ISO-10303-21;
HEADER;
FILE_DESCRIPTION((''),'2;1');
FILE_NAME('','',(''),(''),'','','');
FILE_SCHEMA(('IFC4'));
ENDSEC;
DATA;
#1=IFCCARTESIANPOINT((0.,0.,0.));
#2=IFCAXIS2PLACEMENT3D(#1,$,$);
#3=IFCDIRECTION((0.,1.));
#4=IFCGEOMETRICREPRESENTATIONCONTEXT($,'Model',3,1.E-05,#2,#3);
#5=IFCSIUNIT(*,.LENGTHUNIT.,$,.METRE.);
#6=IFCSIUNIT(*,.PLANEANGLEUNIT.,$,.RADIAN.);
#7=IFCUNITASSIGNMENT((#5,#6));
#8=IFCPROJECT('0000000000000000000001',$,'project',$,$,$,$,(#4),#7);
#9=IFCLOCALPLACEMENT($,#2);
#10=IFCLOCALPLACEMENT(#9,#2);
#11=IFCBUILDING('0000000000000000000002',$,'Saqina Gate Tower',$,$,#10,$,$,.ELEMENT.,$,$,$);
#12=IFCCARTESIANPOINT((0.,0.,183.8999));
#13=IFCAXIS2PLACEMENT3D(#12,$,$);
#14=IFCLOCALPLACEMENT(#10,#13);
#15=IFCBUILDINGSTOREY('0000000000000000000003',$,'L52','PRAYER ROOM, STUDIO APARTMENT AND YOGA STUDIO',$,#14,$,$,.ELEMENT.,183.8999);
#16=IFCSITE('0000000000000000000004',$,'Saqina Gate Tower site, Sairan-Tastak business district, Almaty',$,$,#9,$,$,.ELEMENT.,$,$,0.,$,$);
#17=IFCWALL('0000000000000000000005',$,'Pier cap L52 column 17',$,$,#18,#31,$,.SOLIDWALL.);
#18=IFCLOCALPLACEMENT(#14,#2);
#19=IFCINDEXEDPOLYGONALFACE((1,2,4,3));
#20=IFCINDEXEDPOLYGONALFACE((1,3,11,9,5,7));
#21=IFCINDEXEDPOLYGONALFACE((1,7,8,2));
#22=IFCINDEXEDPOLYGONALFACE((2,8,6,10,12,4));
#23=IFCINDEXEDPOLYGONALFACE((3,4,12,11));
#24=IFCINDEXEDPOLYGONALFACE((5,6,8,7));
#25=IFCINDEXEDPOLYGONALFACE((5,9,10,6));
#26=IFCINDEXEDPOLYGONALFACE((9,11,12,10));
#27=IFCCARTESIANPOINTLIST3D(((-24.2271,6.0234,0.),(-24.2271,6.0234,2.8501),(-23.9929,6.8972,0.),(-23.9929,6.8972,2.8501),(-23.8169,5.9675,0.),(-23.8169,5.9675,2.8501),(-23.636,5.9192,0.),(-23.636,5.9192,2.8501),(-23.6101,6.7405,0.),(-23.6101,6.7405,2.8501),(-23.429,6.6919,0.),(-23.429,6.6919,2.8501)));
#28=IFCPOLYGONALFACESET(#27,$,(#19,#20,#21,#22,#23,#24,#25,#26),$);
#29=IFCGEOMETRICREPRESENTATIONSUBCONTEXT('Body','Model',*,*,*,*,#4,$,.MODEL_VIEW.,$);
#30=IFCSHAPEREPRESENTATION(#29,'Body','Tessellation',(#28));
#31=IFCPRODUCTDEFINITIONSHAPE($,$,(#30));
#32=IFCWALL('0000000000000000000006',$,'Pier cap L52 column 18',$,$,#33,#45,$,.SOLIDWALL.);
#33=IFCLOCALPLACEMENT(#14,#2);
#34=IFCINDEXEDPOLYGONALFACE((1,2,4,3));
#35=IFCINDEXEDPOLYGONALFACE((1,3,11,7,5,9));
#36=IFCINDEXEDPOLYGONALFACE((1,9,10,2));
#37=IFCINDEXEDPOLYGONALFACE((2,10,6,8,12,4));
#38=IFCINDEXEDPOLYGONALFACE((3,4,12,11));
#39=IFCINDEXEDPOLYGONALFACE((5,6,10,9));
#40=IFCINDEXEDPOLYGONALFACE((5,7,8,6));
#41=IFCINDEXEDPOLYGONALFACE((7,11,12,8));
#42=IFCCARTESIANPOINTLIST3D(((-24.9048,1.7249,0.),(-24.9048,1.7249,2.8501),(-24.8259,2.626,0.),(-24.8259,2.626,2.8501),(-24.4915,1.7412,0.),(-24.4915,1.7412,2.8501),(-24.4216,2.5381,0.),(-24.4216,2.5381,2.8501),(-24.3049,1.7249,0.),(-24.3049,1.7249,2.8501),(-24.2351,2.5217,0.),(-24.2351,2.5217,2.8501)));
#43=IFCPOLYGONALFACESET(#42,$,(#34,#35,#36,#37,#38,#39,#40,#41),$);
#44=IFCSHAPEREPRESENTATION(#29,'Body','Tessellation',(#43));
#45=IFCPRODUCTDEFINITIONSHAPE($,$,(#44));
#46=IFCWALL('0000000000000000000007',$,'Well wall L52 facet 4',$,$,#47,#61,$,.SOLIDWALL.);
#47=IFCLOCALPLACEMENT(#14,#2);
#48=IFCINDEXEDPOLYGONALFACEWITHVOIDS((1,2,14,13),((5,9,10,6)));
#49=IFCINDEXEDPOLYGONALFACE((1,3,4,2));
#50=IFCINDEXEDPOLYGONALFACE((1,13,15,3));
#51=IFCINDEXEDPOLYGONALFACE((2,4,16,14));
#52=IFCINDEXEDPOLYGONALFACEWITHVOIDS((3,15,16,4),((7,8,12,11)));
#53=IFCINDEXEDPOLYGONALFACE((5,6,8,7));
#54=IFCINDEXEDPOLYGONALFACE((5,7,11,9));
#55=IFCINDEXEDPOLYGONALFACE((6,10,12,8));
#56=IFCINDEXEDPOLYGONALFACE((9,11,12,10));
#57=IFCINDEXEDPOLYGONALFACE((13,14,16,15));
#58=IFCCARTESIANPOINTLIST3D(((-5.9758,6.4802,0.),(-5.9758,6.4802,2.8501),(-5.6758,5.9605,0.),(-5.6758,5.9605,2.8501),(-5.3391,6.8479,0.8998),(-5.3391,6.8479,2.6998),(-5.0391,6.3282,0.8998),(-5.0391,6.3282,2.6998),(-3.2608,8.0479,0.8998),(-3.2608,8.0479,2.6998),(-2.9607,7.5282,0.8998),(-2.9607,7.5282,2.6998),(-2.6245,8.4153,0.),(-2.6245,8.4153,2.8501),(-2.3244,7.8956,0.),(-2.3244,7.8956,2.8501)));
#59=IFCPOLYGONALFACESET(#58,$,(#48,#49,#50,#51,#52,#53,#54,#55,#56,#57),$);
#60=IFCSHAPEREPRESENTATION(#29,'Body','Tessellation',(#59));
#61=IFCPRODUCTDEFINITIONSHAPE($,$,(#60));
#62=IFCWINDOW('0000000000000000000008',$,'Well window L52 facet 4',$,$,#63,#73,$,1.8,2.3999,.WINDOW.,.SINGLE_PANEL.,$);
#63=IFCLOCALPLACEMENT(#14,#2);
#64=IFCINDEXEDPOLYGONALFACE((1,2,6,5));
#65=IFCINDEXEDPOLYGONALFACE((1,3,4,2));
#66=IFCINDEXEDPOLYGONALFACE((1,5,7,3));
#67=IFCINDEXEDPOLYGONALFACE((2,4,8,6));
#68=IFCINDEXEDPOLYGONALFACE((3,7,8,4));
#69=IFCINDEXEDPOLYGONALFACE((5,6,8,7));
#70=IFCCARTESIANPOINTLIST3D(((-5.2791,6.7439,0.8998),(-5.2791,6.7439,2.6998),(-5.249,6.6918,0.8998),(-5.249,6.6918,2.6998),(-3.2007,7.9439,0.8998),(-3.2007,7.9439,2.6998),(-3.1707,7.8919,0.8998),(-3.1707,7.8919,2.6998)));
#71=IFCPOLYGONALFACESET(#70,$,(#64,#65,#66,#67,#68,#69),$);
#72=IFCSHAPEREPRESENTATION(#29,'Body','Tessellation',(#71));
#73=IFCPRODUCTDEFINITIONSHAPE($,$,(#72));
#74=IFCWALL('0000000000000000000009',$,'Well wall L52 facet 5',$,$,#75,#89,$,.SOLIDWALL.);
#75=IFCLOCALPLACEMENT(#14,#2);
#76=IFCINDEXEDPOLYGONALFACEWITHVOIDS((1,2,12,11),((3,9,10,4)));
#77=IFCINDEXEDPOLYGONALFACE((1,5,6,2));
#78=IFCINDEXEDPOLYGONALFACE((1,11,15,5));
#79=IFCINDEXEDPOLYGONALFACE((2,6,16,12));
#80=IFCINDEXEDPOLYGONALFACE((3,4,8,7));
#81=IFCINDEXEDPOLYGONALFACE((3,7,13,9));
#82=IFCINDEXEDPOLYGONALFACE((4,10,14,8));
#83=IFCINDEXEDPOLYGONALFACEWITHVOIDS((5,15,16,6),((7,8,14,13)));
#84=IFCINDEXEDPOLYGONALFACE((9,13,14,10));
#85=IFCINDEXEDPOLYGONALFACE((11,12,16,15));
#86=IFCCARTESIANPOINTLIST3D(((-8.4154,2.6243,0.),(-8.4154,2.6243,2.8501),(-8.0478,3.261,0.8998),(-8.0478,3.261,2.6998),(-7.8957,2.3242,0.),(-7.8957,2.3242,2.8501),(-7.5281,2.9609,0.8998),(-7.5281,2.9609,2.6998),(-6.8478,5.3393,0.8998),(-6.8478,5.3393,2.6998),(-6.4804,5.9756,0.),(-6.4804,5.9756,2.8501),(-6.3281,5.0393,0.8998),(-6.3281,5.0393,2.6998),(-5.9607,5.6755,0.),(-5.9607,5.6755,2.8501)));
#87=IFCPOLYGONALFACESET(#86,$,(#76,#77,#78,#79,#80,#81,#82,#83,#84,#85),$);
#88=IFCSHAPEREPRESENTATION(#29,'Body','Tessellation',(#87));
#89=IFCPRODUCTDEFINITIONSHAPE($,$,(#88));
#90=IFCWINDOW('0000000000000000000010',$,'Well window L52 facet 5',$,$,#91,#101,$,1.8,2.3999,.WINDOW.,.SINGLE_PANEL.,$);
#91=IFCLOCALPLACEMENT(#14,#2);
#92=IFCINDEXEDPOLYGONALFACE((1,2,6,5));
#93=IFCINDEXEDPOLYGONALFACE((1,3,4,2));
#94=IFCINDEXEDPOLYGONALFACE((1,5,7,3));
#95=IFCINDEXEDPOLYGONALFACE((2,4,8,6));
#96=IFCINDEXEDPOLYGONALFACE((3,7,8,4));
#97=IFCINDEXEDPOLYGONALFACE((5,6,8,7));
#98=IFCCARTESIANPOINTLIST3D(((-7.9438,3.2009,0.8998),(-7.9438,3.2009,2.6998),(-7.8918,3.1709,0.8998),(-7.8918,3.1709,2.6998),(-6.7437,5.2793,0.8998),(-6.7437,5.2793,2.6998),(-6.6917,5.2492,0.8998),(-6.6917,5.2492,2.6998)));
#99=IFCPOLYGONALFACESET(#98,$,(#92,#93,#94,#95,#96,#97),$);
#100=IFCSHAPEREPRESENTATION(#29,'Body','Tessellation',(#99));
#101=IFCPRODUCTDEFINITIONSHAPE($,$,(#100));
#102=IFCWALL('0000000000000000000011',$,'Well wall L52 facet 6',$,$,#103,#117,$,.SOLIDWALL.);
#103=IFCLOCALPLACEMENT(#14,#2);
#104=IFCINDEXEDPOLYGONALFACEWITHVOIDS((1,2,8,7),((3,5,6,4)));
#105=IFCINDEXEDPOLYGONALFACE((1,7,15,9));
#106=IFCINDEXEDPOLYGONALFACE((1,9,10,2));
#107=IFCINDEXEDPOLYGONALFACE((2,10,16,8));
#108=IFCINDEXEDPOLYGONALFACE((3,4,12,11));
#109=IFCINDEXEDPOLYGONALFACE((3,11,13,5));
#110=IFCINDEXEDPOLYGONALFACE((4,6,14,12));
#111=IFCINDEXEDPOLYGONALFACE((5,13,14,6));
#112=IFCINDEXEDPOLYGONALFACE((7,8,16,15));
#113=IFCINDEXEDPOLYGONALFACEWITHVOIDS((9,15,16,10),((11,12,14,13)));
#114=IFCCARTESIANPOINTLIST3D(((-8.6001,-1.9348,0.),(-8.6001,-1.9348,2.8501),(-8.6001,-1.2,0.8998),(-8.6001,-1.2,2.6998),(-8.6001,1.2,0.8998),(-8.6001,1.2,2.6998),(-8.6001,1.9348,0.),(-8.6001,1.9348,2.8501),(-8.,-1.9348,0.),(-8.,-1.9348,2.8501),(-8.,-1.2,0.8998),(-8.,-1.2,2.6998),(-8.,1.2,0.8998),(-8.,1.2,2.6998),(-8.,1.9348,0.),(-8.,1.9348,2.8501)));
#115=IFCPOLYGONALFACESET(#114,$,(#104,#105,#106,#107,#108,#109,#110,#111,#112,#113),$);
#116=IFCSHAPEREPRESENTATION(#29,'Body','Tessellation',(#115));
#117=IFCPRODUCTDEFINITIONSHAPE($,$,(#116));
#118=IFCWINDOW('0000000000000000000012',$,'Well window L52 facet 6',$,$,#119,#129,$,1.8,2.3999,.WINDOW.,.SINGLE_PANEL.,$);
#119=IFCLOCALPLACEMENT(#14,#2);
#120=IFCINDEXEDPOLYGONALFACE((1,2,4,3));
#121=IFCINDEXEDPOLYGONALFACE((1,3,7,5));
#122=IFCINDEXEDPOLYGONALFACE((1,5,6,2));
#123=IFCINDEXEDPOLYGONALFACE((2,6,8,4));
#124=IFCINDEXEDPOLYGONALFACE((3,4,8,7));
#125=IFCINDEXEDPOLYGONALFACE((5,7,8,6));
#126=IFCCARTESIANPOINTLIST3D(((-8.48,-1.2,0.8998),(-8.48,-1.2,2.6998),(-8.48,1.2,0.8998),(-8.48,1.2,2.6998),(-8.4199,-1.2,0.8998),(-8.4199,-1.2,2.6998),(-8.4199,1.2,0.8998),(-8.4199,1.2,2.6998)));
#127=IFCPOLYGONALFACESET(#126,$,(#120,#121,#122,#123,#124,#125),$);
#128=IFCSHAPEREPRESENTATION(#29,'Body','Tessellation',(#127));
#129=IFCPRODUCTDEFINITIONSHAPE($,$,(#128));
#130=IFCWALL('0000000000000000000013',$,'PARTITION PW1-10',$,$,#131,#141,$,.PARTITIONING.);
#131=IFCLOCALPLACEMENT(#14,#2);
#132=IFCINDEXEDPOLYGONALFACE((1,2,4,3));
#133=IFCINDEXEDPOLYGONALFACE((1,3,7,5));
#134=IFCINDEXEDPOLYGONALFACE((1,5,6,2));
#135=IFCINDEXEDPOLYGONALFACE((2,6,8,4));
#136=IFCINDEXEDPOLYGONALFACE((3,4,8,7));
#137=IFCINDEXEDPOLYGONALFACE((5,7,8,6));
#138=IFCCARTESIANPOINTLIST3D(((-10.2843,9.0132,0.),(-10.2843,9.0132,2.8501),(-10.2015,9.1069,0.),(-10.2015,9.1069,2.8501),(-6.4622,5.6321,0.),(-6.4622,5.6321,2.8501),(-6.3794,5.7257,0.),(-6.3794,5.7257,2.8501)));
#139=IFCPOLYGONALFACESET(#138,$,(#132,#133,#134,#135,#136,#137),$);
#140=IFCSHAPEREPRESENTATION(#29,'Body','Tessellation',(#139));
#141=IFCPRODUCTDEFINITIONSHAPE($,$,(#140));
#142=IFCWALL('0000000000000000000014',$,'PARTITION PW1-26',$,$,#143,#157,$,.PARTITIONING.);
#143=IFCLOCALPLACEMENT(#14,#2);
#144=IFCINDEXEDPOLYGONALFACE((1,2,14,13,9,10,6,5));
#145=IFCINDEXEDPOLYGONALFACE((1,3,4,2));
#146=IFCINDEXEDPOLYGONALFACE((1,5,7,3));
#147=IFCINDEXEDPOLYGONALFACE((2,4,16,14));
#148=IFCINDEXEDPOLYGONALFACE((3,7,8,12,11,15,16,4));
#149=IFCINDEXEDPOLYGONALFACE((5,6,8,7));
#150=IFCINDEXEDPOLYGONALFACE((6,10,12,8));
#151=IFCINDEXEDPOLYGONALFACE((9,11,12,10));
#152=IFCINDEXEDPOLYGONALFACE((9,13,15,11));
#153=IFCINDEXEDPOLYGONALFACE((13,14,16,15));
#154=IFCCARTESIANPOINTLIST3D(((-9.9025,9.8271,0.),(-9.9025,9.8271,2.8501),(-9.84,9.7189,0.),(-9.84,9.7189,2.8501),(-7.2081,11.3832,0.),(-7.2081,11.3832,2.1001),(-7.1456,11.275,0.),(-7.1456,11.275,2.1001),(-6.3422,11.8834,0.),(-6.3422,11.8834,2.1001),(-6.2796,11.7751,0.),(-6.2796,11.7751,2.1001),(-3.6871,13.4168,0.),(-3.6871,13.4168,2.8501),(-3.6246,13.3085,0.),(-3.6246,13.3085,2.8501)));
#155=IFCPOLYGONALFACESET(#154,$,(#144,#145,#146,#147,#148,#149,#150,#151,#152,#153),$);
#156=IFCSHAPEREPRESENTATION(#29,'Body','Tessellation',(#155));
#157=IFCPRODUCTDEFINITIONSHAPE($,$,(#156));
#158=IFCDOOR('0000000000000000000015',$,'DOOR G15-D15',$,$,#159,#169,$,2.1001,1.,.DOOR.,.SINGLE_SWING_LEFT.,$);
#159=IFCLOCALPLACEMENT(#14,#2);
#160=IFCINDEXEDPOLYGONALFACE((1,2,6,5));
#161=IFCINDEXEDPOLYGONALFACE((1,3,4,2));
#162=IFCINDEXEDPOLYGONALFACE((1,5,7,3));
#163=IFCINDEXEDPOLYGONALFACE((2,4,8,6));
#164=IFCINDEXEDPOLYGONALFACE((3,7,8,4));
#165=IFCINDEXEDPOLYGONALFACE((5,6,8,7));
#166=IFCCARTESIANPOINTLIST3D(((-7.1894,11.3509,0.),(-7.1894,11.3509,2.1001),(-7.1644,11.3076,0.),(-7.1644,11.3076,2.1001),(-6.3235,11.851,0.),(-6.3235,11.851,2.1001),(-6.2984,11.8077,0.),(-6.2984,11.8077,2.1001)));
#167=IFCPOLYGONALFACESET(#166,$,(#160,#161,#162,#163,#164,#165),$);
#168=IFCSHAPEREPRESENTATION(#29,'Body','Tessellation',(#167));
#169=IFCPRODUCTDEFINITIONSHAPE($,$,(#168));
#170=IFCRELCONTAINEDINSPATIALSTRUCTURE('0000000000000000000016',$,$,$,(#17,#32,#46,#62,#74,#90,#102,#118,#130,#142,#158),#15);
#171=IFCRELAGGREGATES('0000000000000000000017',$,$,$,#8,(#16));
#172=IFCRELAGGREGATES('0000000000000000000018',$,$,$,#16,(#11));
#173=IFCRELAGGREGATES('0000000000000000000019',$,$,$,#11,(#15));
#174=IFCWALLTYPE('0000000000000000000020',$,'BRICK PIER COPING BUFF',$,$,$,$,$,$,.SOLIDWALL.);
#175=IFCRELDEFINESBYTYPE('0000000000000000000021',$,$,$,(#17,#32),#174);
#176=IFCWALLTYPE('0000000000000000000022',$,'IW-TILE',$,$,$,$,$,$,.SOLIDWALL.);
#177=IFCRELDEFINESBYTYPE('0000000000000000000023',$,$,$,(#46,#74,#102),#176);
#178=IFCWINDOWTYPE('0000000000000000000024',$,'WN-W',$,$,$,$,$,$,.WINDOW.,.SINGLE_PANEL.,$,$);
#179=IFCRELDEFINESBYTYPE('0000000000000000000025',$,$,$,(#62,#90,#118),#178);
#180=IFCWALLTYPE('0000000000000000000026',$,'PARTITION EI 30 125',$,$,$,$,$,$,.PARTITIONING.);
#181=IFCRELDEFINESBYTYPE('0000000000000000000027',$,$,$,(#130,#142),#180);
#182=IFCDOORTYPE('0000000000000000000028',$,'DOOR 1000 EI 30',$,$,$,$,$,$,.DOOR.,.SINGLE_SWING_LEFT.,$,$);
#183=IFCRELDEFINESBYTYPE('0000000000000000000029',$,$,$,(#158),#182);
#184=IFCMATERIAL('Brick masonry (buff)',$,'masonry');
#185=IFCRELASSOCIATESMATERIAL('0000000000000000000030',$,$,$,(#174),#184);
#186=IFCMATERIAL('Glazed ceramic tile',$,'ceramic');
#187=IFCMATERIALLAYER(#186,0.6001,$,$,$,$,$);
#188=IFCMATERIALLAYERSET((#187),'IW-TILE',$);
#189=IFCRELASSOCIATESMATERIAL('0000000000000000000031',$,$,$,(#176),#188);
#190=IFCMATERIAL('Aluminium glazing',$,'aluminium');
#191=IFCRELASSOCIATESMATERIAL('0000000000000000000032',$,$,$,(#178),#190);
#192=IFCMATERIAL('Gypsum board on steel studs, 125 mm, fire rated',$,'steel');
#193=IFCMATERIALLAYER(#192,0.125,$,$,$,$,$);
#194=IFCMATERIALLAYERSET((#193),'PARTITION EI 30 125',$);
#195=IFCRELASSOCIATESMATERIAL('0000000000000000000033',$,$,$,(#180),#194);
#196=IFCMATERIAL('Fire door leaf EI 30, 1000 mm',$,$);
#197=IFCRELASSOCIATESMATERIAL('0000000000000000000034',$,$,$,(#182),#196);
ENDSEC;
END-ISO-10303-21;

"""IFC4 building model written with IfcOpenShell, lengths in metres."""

from ifc_helpers import new_model, si_unit, direction, frame, frame_2d, origin, place, context, subcontext, project, spatial, polyline, rectangle, outline, extrude, material, layer, layer_set, type_object, element, fill, save


model = new_model("IFC4")

# Units and contexts
model_context = context("Model", 3, precision=1e-05, world=origin(), true_north=direction((0.0, 1.0)))
body_context = subcontext(model_context, "Body", "Model", "MODEL_VIEW")
ifc_project = project(units=[si_unit("LENGTHUNIT", "METRE"), si_unit("PLANEANGLEUNIT", "RADIAN")], contexts=[model_context])

# Site, building, storey
site_placement = place(None, origin())
site = spatial("IfcSite", under=ifc_project, at=site_placement, Name="Saqina Gate Tower site, Sairan-Tastak business district, Almaty", CompositionType="ELEMENT", RefElevation=0.0)
building_placement = place(site_placement, origin())
building = spatial("IfcBuilding", under=site, at=building_placement, Name="Saqina Gate Tower", CompositionType="ELEMENT")
storey_placement = place(building_placement, frame((0.0, 0.0, 183.8999)))
storey = spatial("IfcBuildingStorey", under=building, at=storey_placement, Name="L52", Description="PRAYER ROOM, STUDIO APARTMENT AND YOGA STUDIO", CompositionType="ELEMENT", Elevation=183.8999)

# Walls
ifc_material_1 = material(Name="Brick masonry (buff)", Category="masonry")
wall_type_1 = type_object("IfcWallType", Name="BRICK PIER COPING BUFF", PredefinedType="SOLIDWALL", material=ifc_material_1)
wall_1_placement = place(storey_placement, origin())
element("IfcWall", 1, at=wall_1_placement, inside=storey, type_object=wall_type_1, Name="Pier cap L52 column 17", PredefinedType="SOLIDWALL", context=body_context, shape_type="SweptSolid", body=[
    extrude(outline(polyline([(-24.2271, 6.0234), (-23.636, 5.9192), (-23.8169, 5.9675), (-23.6101, 6.7405), (-23.429, 6.6919), (-23.9929, 6.8972), (-24.2271, 6.0234)])), origin(), (0.0, 0.0, 1.0), 2.8501),
])
wall_2_placement = place(storey_placement, origin())
element("IfcWall", 2, at=wall_2_placement, inside=storey, type_object=wall_type_1, Name="Pier cap L52 column 18", PredefinedType="SOLIDWALL", context=body_context, shape_type="SweptSolid", body=[
    extrude(outline(polyline([(-24.8259, 2.626), (-24.9048, 1.7249), (-24.3049, 1.7249), (-24.4915, 1.7412), (-24.4216, 2.5381), (-24.2351, 2.5217), (-24.8259, 2.626)])), origin(), (0.0, 0.0, 1.0), 2.8501),
])

# Walls, openings, windows
ifc_material_2 = material(Name="Glazed ceramic tile", Category="ceramic")
ifc_layer_1 = layer(ifc_material_2, 0.6001)
ifc_layer_set_1 = layer_set([ifc_layer_1], Name="IW-TILE")
wall_type_2 = type_object("IfcWallType", Name="IW-TILE", PredefinedType="SOLIDWALL", material=ifc_layer_set_1)
wall_3_placement = place(storey_placement, frame((-2.4744, 8.1555, 0.0), z_axis=(0.0, 0.0, 1.0), x_axis=(-0.866006, -0.500034, 0.0)))
wall_3 = element("IfcWall", 3, at=wall_3_placement, inside=storey, type_object=wall_type_2, Name="Well wall L52 facet 4", PredefinedType="SOLIDWALL", context=body_context, shape_type="SweptSolid", body=[
    extrude(rectangle(XDim=3.8699, YDim=0.6001, at=frame_2d((1.9351, 0.0))), origin(), (0.0, 0.0, 1.0), 2.8501),
])
opening_1_placement = place(wall_3_placement, frame((0.7349, 0.0, 0.8999)))
opening_1 = element("IfcOpeningElement", 4, at=opening_1_placement, cuts=wall_3, PredefinedType="OPENING", context=body_context, shape_type="SweptSolid", body=[
    extrude(rectangle(XDim=2.3999, YDim=1.8, at=frame_2d((1.2, 0.8999))), frame((0.0, 0.312, 0.0), z_axis=(0.0, -1.0, 0.0), x_axis=(1.0, 0.0, 0.0)), (0.0, 0.0, 1.0), 0.624),
])
ifc_material_3 = material(Name="Aluminium glazing", Category="aluminium")
window_type = type_object("IfcWindowType", Name="WN-W", PartitioningType="SINGLE_PANEL", PredefinedType="WINDOW", material=ifc_material_3)
window_1_placement = place(opening_1_placement, origin())
window_1 = element("IfcWindow", 5, at=window_1_placement, inside=storey, type_object=window_type, Name="Well window L52 facet 4", OverallHeight=1.8, OverallWidth=2.3999, PartitioningType="SINGLE_PANEL", PredefinedType="WINDOW", context=body_context, shape_type="SweptSolid", body=[
    extrude(rectangle(XDim=2.3999, YDim=1.8, at=frame_2d((1.2, 0.8999))), frame((0.0, -0.1199, 0.0), z_axis=(0.0, -1.0, 0.0), x_axis=(1.0, 0.0, 0.0)), (0.0, 0.0, 1.0), 0.0601),
])
fill(opening_1, window_1)
wall_4_placement = place(storey_placement, frame((-6.2205, 5.8257, 0.0), z_axis=(0.0, 0.0, 1.0), x_axis=(-0.500034, -0.866006, 0.0)))
wall_4 = element("IfcWall", 6, at=wall_4_placement, inside=storey, type_object=wall_type_2, Name="Well wall L52 facet 5", PredefinedType="SOLIDWALL", context=body_context, shape_type="SweptSolid", body=[
    extrude(rectangle(XDim=3.8699, YDim=0.6001, at=frame_2d((1.9351, 0.0))), origin(), (0.0, 0.0, 1.0), 2.8501),
])
opening_2_placement = place(wall_4_placement, frame((0.7349, 0.0, 0.8999)))
opening_2 = element("IfcOpeningElement", 7, at=opening_2_placement, cuts=wall_4, PredefinedType="OPENING", context=body_context, shape_type="SweptSolid", body=[
    extrude(rectangle(XDim=2.3999, YDim=1.8, at=frame_2d((1.2, 0.8999))), frame((0.0, 0.312, 0.0), z_axis=(0.0, -1.0, 0.0), x_axis=(1.0, 0.0, 0.0)), (0.0, 0.0, 1.0), 0.624),
])
window_2_placement = place(opening_2_placement, origin())
window_2 = element("IfcWindow", 8, at=window_2_placement, inside=storey, type_object=window_type, Name="Well window L52 facet 5", OverallHeight=1.8, OverallWidth=2.3999, PartitioningType="SINGLE_PANEL", PredefinedType="WINDOW", context=body_context, shape_type="SweptSolid", body=[
    extrude(rectangle(XDim=2.3999, YDim=1.8, at=frame_2d((1.2, 0.8999))), frame((0.0, -0.1199, 0.0), z_axis=(0.0, -1.0, 0.0), x_axis=(1.0, 0.0, 0.0)), (0.0, 0.0, 1.0), 0.0601),
])
fill(opening_2, window_2)
wall_5_placement = place(storey_placement, frame((-8.3, 1.9348, 0.0), z_axis=(0.0, 0.0, 1.0), x_axis=(0.0, -1.0, 0.0)))
wall_5 = element("IfcWall", 9, at=wall_5_placement, inside=storey, type_object=wall_type_2, Name="Well wall L52 facet 6", PredefinedType="SOLIDWALL", context=body_context, shape_type="SweptSolid", body=[
    extrude(rectangle(XDim=3.8696, YDim=0.6001, at=frame_2d((1.9348, 0.0))), origin(), (0.0, 0.0, 1.0), 2.8501),
])
opening_3_placement = place(wall_5_placement, frame((0.7349, 0.0, 0.8999)))
opening_3 = element("IfcOpeningElement", 10, at=opening_3_placement, cuts=wall_5, PredefinedType="OPENING", context=body_context, shape_type="SweptSolid", body=[
    extrude(rectangle(XDim=2.3999, YDim=1.8, at=frame_2d((1.2, 0.8999))), frame((0.0, 0.312, 0.0), z_axis=(0.0, -1.0, 0.0), x_axis=(1.0, 0.0, 0.0)), (0.0, 0.0, 1.0), 0.624),
])
window_3_placement = place(opening_3_placement, origin())
window_3 = element("IfcWindow", 11, at=window_3_placement, inside=storey, type_object=window_type, Name="Well window L52 facet 6", OverallHeight=1.8, OverallWidth=2.3999, PartitioningType="SINGLE_PANEL", PredefinedType="WINDOW", context=body_context, shape_type="SweptSolid", body=[
    extrude(rectangle(XDim=2.3999, YDim=1.8, at=frame_2d((1.2, 0.8999))), frame((0.0, -0.1199, 0.0), z_axis=(0.0, -1.0, 0.0), x_axis=(1.0, 0.0, 0.0)), (0.0, 0.0, 1.0), 0.0601),
])
fill(opening_3, window_3)

# Wall
ifc_material_4 = material(Name="Gypsum board on steel studs, 125 mm, fire rated", Category="steel")
ifc_layer_2 = layer(ifc_material_4, 0.125)
ifc_layer_set_2 = layer_set([ifc_layer_2], Name="PARTITION EI 30 125")
wall_type_3 = type_object("IfcWallType", Name="PARTITION EI 30 125", PredefinedType="PARTITIONING", material=ifc_layer_set_2)
wall_6_placement = place(storey_placement, frame((-10.2429, 9.0601, 0.0), z_axis=(0.0, 0.0, 1.0), x_axis=(0.748988, -0.662583, 0.0)))
element("IfcWall", 12, at=wall_6_placement, inside=storey, type_object=wall_type_3, Name="PARTITION PW1-10", PredefinedType="PARTITIONING", context=body_context, shape_type="SweptSolid", body=[
    extrude(rectangle(XDim=5.103, YDim=0.125, at=frame_2d((2.5515, 0.0))), origin(), (0.0, 0.0, 1.0), 2.8501),
])

# Wall, opening, door
wall_7_placement = place(storey_placement, frame((-9.8713, 9.7729, 0.0), z_axis=(0.0, 0.0, 1.0), x_axis=(0.865954, 0.500123, 0.0)))
wall_7 = element("IfcWall", 13, at=wall_7_placement, inside=storey, type_object=wall_type_3, Name="PARTITION PW1-26", PredefinedType="PARTITIONING", context=body_context, shape_type="SweptSolid", body=[
    extrude(rectangle(XDim=7.1775, YDim=0.125, at=frame_2d((3.5889, 0.0))), origin(), (0.0, 0.0, 1.0), 2.8501),
])
opening_4_placement = place(wall_7_placement, frame((3.1116, 0.0, 0.0)))
opening_4 = element("IfcOpeningElement", 14, at=opening_4_placement, cuts=wall_7, PredefinedType="OPENING", context=body_context, shape_type="SweptSolid", body=[
    extrude(rectangle(XDim=1.0, YDim=2.1001, at=frame_2d((0.5, 1.05))), frame((0.0, 0.0745, 0.0), z_axis=(0.0, -1.0, 0.0), x_axis=(1.0, 0.0, 0.0)), (0.0, 0.0, 1.0), 0.1489),
])
ifc_material_5 = material(Name="Fire door leaf EI 30, 1000 mm")
door_type = type_object("IfcDoorType", Name="DOOR 1000 EI 30", OperationType="SINGLE_SWING_LEFT", PredefinedType="DOOR", material=ifc_material_5)
door_placement = place(opening_4_placement, frame((1.0, 0.0, 0.0), z_axis=(0.0, 0.0, 1.0), x_axis=(-1.0, 0.0, 0.0)))
door = element("IfcDoor", 15, at=door_placement, inside=storey, type_object=door_type, Name="DOOR G15-D15", OperationType="SINGLE_SWING_LEFT", OverallHeight=2.1001, OverallWidth=1.0, PredefinedType="DOOR", context=body_context, shape_type="SweptSolid", body=[
    extrude(rectangle(XDim=1.0, YDim=2.1001, at=frame_2d((0.5, 1.05))), frame((0.0, 0.0249, 0.0), z_axis=(0.0, -1.0, 0.0), x_axis=(1.0, 0.0, 0.0)), (0.0, 0.0, 1.0), 0.05),
])
fill(opening_4, door)

save(model, "model.ifc")
